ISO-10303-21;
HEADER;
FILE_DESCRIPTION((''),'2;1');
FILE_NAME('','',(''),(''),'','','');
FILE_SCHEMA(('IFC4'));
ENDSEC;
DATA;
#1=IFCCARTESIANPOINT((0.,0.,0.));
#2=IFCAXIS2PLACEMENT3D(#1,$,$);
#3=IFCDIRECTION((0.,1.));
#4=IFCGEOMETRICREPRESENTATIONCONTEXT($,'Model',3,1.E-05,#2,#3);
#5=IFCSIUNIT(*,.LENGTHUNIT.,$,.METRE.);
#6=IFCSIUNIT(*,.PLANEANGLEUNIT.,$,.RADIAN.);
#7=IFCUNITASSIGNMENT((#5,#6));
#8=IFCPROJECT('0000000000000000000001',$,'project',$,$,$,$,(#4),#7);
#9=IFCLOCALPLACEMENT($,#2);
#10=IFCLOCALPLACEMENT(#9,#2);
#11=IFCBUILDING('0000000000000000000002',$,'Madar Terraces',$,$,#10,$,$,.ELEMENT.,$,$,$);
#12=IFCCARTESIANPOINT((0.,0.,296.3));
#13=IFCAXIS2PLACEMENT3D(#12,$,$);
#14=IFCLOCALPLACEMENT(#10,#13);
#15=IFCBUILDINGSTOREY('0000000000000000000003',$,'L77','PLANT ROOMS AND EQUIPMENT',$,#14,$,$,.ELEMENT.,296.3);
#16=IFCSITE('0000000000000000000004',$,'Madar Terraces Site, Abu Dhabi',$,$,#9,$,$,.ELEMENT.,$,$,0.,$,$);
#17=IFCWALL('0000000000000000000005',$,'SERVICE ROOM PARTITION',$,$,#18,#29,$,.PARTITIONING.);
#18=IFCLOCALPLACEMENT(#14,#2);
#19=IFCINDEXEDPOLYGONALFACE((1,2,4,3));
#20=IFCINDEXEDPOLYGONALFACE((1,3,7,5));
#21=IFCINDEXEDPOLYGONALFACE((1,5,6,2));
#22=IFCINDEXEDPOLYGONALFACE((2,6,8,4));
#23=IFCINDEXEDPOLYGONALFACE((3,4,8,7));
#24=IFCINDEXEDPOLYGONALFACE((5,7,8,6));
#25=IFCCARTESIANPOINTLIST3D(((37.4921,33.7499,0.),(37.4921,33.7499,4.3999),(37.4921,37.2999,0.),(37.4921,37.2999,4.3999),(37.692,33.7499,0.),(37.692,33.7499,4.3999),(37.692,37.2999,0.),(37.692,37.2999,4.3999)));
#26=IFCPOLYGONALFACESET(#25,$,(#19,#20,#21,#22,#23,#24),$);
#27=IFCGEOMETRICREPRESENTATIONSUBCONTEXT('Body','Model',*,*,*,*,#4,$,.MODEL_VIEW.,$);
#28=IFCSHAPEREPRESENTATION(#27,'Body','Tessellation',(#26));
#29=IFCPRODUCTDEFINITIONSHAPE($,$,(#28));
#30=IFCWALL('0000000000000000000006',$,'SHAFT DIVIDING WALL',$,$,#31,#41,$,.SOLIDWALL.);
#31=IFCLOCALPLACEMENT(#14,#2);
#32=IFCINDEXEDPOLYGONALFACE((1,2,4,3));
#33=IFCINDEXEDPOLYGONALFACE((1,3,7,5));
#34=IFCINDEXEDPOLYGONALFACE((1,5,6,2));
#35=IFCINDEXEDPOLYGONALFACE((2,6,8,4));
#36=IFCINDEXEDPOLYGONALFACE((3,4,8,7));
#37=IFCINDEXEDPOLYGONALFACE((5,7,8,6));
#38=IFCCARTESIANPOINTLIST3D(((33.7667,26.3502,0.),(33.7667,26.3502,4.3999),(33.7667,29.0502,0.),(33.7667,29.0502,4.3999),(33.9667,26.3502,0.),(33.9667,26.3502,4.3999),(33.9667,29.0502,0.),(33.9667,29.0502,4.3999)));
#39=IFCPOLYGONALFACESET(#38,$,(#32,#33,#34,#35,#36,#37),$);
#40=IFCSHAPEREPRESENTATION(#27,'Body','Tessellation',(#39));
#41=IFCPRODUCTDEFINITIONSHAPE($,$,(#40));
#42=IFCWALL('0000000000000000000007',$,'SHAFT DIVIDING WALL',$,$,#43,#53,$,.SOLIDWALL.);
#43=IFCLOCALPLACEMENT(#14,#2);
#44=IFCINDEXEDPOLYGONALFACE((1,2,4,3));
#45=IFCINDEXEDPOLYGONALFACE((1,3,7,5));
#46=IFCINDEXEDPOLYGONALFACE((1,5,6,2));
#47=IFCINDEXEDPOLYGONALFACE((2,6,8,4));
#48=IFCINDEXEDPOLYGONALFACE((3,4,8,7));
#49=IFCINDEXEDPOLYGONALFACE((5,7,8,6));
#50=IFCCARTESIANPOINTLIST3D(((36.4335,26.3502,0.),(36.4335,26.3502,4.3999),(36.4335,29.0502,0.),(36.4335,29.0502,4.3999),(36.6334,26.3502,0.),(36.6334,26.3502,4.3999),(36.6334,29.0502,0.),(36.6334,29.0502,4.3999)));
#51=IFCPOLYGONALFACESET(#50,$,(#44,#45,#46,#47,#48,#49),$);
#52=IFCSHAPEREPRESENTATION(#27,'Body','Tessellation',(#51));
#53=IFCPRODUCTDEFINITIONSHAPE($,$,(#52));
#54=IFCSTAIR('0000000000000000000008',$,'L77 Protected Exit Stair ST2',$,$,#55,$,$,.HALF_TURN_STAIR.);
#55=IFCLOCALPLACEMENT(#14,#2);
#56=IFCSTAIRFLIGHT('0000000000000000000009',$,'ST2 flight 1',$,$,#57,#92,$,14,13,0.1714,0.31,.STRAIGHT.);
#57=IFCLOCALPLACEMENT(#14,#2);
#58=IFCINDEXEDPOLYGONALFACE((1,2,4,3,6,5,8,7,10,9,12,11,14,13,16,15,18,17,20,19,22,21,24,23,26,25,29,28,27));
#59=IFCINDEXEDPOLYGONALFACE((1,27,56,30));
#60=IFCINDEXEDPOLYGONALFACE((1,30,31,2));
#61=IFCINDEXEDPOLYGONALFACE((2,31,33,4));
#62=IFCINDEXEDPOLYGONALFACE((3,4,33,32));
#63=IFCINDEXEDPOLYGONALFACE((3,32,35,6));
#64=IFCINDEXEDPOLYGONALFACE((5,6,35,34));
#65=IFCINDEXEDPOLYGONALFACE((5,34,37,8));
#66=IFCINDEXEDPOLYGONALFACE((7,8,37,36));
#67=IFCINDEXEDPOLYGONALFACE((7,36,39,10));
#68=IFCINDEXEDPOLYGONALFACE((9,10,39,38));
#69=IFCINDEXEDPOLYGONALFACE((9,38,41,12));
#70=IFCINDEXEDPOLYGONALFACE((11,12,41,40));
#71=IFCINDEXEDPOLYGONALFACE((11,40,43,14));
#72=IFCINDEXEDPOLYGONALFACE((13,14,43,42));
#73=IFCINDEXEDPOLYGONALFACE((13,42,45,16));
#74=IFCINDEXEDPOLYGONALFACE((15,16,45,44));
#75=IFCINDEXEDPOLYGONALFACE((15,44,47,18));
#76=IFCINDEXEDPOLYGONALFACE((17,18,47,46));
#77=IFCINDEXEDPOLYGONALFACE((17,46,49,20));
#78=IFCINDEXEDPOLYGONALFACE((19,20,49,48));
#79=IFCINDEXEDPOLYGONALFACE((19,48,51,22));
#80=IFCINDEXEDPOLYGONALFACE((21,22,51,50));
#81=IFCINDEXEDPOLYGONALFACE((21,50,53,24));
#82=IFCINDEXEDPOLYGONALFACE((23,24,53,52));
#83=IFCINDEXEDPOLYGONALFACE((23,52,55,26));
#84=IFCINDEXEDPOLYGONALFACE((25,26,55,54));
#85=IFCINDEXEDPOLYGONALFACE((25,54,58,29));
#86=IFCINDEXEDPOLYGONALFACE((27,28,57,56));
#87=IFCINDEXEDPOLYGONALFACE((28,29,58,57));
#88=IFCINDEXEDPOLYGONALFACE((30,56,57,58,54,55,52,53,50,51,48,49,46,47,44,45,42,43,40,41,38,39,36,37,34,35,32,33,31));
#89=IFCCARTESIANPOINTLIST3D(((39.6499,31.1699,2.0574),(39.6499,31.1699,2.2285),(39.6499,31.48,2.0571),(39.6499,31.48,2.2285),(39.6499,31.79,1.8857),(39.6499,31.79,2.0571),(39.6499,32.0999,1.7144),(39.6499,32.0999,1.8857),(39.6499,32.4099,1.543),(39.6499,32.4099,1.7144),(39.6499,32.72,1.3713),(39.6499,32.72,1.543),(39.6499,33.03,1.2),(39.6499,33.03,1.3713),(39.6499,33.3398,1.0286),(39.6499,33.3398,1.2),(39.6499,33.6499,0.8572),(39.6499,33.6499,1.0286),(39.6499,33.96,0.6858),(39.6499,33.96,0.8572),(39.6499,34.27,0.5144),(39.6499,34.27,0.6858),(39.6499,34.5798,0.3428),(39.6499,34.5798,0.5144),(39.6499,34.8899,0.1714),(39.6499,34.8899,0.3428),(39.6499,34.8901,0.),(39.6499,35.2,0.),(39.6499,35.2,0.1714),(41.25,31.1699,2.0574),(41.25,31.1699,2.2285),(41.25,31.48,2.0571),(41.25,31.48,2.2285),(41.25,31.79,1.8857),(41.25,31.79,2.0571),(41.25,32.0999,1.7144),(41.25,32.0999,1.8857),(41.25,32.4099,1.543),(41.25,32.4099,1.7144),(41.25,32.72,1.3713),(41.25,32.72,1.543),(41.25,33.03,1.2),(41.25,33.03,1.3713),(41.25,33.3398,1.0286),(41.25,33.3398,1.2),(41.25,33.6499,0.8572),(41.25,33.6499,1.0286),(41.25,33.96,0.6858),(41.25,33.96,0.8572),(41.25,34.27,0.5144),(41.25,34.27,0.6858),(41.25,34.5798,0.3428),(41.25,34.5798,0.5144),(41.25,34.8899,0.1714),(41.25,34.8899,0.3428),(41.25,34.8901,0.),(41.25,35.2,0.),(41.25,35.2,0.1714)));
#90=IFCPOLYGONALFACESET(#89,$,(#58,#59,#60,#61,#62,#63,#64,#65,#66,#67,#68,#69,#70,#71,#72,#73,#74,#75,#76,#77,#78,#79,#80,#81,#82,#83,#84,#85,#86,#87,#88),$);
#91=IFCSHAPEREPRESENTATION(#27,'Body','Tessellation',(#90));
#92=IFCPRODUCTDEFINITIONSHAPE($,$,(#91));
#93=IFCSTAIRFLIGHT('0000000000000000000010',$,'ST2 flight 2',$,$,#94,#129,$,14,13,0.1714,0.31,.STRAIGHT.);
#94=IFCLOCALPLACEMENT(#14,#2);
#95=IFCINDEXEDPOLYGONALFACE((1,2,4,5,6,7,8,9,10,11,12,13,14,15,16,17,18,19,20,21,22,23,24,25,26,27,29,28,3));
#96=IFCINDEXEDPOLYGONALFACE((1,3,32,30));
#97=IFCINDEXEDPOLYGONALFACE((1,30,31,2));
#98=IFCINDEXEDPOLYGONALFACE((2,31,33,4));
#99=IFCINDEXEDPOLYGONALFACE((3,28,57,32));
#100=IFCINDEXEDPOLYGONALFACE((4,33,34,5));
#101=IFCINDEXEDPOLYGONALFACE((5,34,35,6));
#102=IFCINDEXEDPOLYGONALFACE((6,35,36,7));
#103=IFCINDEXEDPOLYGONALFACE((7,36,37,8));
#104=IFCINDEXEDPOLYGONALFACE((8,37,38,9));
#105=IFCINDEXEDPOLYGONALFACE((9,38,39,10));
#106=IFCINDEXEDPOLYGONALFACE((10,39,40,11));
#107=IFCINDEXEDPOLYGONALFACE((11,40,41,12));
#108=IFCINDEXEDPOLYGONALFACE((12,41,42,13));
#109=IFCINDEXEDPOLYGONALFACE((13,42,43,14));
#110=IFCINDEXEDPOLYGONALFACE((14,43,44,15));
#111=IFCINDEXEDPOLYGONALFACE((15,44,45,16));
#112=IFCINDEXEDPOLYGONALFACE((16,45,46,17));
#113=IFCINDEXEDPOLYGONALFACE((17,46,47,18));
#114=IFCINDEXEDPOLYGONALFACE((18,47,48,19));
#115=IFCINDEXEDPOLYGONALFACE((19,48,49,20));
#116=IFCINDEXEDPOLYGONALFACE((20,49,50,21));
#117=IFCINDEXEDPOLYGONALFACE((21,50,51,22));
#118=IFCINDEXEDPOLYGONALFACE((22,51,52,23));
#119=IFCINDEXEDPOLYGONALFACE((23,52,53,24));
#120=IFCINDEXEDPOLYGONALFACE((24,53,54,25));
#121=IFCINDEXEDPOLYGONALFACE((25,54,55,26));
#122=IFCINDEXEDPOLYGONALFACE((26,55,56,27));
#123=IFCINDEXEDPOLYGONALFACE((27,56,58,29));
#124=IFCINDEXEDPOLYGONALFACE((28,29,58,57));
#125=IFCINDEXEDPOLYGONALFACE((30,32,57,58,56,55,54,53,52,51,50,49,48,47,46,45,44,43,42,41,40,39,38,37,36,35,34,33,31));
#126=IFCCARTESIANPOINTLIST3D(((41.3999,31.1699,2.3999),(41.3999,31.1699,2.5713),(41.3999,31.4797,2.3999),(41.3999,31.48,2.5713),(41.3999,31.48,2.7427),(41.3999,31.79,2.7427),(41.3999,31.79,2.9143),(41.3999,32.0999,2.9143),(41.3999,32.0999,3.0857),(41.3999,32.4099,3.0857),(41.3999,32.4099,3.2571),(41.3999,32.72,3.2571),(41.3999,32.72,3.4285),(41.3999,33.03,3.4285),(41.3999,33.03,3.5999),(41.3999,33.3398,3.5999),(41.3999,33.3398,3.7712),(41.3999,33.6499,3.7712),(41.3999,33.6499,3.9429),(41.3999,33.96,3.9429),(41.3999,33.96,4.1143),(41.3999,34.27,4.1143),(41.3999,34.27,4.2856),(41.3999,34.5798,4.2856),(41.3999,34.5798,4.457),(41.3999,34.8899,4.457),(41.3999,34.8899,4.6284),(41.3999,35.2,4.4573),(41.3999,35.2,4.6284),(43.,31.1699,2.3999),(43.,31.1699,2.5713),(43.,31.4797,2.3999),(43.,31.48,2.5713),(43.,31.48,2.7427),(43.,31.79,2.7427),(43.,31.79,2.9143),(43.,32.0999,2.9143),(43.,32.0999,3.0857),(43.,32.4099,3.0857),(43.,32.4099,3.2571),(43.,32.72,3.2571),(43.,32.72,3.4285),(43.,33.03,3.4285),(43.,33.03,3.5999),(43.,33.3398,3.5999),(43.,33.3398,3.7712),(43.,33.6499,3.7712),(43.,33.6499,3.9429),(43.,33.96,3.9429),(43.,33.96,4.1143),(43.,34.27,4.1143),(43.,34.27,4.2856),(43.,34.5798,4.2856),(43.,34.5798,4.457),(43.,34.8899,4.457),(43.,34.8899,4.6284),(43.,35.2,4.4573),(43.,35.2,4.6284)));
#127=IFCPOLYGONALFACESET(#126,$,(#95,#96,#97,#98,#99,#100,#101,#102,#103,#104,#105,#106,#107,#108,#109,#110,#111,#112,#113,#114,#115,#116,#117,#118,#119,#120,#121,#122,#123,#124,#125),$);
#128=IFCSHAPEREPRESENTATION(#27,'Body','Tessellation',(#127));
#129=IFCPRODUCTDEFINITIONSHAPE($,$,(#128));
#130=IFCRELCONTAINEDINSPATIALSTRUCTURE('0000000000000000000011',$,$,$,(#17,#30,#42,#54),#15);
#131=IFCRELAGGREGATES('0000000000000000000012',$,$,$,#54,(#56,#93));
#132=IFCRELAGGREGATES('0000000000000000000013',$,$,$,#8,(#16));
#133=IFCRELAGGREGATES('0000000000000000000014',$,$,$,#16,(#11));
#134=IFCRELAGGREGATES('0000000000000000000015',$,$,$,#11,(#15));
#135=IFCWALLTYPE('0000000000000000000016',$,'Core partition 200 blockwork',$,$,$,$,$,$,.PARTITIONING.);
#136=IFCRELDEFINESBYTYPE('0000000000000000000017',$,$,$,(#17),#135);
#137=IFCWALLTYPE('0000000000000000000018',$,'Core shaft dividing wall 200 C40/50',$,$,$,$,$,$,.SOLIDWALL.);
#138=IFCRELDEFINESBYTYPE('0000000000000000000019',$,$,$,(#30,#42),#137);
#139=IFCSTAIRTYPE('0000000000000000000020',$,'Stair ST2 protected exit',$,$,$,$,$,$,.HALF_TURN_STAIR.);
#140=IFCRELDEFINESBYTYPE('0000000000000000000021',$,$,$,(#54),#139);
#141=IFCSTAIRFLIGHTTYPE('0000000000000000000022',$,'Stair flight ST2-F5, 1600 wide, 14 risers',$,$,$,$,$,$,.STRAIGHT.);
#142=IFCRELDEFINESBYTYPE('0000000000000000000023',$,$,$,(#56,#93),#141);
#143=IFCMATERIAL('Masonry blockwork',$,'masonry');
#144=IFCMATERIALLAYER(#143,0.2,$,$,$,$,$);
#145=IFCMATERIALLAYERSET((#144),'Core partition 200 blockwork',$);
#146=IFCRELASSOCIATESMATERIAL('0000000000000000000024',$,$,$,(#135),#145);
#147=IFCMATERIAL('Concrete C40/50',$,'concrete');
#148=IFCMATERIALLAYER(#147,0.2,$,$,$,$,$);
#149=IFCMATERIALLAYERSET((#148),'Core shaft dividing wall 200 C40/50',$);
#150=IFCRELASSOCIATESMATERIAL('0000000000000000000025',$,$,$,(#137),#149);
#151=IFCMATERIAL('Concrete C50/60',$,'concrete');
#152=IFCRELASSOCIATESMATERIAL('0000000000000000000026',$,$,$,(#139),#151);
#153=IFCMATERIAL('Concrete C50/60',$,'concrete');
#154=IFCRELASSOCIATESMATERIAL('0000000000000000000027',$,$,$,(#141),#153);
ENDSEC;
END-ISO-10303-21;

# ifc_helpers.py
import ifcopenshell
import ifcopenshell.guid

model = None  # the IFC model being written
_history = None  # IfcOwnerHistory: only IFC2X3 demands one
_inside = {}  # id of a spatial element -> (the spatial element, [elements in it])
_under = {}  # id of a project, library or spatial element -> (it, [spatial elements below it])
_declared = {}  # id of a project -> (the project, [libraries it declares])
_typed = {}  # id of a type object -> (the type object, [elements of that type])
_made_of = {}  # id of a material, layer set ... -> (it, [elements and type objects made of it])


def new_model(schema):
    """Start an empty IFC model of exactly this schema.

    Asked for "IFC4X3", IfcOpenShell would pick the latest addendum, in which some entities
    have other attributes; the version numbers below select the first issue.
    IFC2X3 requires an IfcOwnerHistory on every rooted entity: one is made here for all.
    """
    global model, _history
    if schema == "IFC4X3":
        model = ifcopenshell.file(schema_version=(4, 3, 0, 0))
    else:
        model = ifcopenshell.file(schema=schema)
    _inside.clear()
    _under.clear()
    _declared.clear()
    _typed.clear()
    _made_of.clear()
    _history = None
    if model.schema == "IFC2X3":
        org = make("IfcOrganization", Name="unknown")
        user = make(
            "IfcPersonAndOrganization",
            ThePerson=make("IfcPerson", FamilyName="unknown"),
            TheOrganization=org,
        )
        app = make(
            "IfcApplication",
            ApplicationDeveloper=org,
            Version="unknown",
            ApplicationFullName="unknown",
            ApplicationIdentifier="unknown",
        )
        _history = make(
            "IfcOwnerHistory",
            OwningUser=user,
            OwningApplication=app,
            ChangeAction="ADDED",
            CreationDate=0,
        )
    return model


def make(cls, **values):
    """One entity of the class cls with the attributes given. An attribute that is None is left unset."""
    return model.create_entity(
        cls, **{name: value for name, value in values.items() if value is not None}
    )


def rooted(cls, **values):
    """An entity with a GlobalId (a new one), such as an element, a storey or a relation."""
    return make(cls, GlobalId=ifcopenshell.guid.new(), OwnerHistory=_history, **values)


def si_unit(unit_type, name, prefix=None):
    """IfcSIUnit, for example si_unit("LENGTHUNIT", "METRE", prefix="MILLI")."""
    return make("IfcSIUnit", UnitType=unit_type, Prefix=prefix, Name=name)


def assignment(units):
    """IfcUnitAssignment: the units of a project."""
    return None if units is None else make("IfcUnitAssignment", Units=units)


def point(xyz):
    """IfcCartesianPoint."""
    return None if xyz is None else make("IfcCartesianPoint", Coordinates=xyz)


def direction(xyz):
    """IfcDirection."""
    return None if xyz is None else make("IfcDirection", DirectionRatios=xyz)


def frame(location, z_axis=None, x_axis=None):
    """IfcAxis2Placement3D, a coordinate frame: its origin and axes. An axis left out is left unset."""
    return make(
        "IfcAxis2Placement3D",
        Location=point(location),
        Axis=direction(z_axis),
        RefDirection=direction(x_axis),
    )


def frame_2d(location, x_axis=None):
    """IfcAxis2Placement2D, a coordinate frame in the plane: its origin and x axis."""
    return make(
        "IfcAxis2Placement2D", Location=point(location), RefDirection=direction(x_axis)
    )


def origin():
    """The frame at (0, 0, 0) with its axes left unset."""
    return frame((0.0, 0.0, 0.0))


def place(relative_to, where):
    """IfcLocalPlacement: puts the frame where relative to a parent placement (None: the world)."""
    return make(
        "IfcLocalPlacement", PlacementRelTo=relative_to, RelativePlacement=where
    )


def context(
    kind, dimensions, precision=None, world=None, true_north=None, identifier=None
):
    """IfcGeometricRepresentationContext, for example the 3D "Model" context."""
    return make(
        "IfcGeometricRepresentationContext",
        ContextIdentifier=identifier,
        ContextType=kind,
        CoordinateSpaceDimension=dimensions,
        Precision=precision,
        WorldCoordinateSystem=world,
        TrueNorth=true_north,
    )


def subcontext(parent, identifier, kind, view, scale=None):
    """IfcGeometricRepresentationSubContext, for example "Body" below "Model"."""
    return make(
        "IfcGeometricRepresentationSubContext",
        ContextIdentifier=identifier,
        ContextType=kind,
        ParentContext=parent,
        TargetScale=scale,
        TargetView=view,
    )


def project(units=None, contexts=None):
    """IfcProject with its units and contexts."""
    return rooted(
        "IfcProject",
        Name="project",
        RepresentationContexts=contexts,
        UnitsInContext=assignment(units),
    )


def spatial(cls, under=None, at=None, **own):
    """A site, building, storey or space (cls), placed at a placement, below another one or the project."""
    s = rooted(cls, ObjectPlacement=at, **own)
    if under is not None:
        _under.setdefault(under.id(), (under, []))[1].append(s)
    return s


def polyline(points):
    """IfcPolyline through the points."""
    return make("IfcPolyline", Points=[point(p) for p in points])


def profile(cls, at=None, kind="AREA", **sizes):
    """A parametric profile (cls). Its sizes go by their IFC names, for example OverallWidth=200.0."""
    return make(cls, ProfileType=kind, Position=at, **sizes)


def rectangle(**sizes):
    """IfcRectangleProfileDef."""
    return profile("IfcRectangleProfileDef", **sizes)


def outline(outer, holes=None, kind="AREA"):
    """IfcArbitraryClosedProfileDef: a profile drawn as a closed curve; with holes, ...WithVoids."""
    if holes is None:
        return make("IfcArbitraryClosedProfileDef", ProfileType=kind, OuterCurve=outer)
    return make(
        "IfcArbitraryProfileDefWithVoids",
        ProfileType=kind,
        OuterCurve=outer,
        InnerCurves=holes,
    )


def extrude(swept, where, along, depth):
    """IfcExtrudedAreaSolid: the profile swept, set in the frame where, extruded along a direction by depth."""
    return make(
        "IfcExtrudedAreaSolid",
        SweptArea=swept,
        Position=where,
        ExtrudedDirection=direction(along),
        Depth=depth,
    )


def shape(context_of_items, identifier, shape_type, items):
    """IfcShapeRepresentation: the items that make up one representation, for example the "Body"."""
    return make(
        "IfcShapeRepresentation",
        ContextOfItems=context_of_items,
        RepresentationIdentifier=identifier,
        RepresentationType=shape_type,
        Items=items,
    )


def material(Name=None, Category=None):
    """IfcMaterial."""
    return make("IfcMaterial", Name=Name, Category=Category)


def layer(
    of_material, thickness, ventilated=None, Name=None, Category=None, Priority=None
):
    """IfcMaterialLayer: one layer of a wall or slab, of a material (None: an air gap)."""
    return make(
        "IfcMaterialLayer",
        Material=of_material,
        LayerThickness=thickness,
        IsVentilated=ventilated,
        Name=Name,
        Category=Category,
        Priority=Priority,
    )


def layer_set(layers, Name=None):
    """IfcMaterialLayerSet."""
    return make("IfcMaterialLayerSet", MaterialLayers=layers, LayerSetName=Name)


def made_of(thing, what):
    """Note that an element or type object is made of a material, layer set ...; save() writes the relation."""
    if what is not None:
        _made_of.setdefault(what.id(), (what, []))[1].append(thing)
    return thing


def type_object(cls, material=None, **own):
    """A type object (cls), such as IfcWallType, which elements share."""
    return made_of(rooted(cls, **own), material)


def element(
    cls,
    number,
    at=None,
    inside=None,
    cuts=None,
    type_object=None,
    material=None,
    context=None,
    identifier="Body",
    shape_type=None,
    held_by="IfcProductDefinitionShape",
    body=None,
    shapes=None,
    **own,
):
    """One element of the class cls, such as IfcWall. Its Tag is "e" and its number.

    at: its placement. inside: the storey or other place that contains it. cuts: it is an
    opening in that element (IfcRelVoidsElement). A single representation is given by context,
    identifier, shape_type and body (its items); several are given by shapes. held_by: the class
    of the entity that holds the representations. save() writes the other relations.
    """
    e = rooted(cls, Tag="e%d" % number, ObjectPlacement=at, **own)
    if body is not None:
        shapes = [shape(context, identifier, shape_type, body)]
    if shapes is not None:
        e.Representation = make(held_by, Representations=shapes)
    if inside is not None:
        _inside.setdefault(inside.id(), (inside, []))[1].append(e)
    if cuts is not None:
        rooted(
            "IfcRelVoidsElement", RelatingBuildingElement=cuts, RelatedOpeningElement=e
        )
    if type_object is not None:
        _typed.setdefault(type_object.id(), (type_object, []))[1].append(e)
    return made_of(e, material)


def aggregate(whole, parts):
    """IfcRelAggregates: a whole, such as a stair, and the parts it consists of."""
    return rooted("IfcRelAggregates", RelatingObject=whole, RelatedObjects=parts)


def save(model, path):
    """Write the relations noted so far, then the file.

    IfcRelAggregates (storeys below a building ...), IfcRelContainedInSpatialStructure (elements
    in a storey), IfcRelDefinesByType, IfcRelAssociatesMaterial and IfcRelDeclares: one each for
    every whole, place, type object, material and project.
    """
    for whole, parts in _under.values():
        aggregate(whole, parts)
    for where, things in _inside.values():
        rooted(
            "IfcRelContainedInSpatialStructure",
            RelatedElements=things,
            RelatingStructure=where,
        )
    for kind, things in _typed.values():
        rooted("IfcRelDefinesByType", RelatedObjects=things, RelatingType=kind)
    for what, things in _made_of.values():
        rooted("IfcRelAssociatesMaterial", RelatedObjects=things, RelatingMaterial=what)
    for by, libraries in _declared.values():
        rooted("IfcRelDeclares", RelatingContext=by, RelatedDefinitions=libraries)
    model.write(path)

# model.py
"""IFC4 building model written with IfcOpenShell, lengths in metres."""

from ifc_helpers import new_model, si_unit, direction, frame, frame_2d, origin, place, context, subcontext, project, spatial, polyline, rectangle, outline, extrude, material, layer, layer_set, type_object, element, aggregate, save


model = new_model("IFC4")

# Units and contexts
model_context = context("Model", 3, precision=1e-05, world=origin(), true_north=direction((0.0, 1.0)))
body_context = subcontext(model_context, "Body", "Model", "MODEL_VIEW")
ifc_project = project(units=[si_unit("LENGTHUNIT", "METRE"), si_unit("PLANEANGLEUNIT", "RADIAN")], contexts=[model_context])

# Site, building, storey
site_placement = place(None, origin())
site = spatial("IfcSite", under=ifc_project, at=site_placement, Name="Madar Terraces Site, Abu Dhabi", CompositionType="ELEMENT", RefElevation=0.0)
building_placement = place(site_placement, origin())
building = spatial("IfcBuilding", under=site, at=building_placement, Name="Madar Terraces", CompositionType="ELEMENT")
storey_placement = place(building_placement, frame((0.0, 0.0, 296.3)))
storey = spatial("IfcBuildingStorey", under=building, at=storey_placement, Name="L77", Description="PLANT ROOMS AND EQUIPMENT", CompositionType="ELEMENT", Elevation=296.3)

# Walls
ifc_material_1 = material(Name="Masonry blockwork", Category="masonry")
ifc_layer_1 = layer(ifc_material_1, 0.2)
ifc_layer_set_1 = layer_set([ifc_layer_1], Name="Core partition 200 blockwork")
wall_type_1 = type_object("IfcWallType", Name="Core partition 200 blockwork", PredefinedType="PARTITIONING", material=ifc_layer_set_1)
wall_1_placement = place(storey_placement, frame((37.592, 33.75, 0.0), z_axis=(0.0, 0.0, 1.0), x_axis=(0.0, 1.0, 0.0)))
element("IfcWall", 1, at=wall_1_placement, inside=storey, type_object=wall_type_1, Name="SERVICE ROOM PARTITION", PredefinedType="PARTITIONING", context=body_context, shape_type="SweptSolid", body=[
    extrude(rectangle(XDim=3.55, YDim=0.2, at=frame_2d((1.7749, 0.0))), origin(), (0.0, 0.0, 1.0), 4.3999),
])
ifc_material_2 = material(Name="Concrete C40/50", Category="concrete")
ifc_layer_2 = layer(ifc_material_2, 0.2)
ifc_layer_set_2 = layer_set([ifc_layer_2], Name="Core shaft dividing wall 200 C40/50")
wall_type_2 = type_object("IfcWallType", Name="Core shaft dividing wall 200 C40/50", PredefinedType="SOLIDWALL", material=ifc_layer_set_2)
for number, where, z_axis, x_axis, name in (
    (2, (33.8667, 26.3501, 0.0), (0.0, 0.0, 1.0), (0.0, 1.0, 0.0), "SHAFT DIVIDING WALL"),
    (3, (36.5334, 26.3501, 0.0), (0.0, 0.0, 1.0), (0.0, 1.0, 0.0), "SHAFT DIVIDING WALL"),
):
    element("IfcWall", number, at=place(storey_placement, frame(where, z_axis=z_axis, x_axis=x_axis)), inside=storey, type_object=wall_type_2, Name=name, PredefinedType="SOLIDWALL", context=body_context, shape_type="SweptSolid", body=[
        extrude(rectangle(XDim=2.7, YDim=0.2, at=frame_2d((1.3501, 0.0))), origin(), (0.0, 0.0, 1.0), 4.3999),
    ])

# Stair, stair flights
ifc_material_3 = material(Name="Concrete C50/60", Category="concrete")
stair_type = type_object("IfcStairType", Name="Stair ST2 protected exit", PredefinedType="HALF_TURN_STAIR", material=ifc_material_3)
stair_placement = place(storey_placement, origin())
stair = element("IfcStair", 4, at=stair_placement, inside=storey, type_object=stair_type, Name="L77 Protected Exit Stair ST2", PredefinedType="HALF_TURN_STAIR")
ifc_material_4 = material(Name="Concrete C50/60", Category="concrete")
stair_flight_type = type_object("IfcStairFlightType", Name="Stair flight ST2-F5, 1600 wide, 14 risers", PredefinedType="STRAIGHT", material=ifc_material_4)
stair_flight_1_placement = place(storey_placement, frame((40.45, 35.2, 0.0), z_axis=(0.0, 0.0, 1.0), x_axis=(0.0, -1.0, 0.0)))
stair_flight_1 = element("IfcStairFlight", 5, at=stair_flight_1_placement, type_object=stair_flight_type, Name="ST2 flight 1", NumberOfRisers=14, NumberOfTreads=13, PredefinedType="STRAIGHT", RiserHeight=0.1714, TreadLength=0.31, context=body_context, shape_type="SweptSolid", body=[
    extrude(outline(polyline([(0.0, 0.0), (0.0, 0.1714), (0.3101, 0.1714), (0.3101, 0.3428), (0.6201, 0.3428), (0.6201, 0.5144), (0.9299, 0.5144), (0.9299, 0.6858), (1.24, 0.6858), (1.24, 0.8572), (1.55, 0.8572), (1.55, 1.0286), (1.8601, 1.0286), (1.8601, 1.2), (2.1699, 1.2), (2.1699, 1.3713), (2.48, 1.3713), (2.48, 1.543), (2.79, 1.543), (2.79, 1.7144), (3.1001, 1.7144), (3.1001, 1.8857), (3.4099, 1.8857), (3.4099, 2.0571), (3.72, 2.0571), (3.72, 2.2285), (4.03, 2.2285), (4.03, 2.3999), (4.03, 2.0574), (0.3098, 0.0), (0.0, 0.0)])), frame((0.0, 0.8, 0.0), z_axis=(0.0, -1.0, 0.0), x_axis=(1.0, 0.0, 0.0)), (0.0, 0.0, 1.0), 1.6001),
])
stair_flight_2_placement = place(storey_placement, frame((42.2, 31.1699, 2.3999), z_axis=(0.0, 0.0, 1.0), x_axis=(0.0, 1.0, 0.0)))
stair_flight_2 = element("IfcStairFlight", 6, at=stair_flight_2_placement, type_object=stair_flight_type, Name="ST2 flight 2", NumberOfRisers=14, NumberOfTreads=13, PredefinedType="STRAIGHT", RiserHeight=0.1714, TreadLength=0.31, context=body_context, shape_type="SweptSolid", body=[
    extrude(outline(polyline([(0.0, 0.0), (0.0, 0.1714), (0.3101, 0.1714), (0.3101, 0.3428), (0.6201, 0.3428), (0.6201, 0.5144), (0.9299, 0.5144), (0.9299, 0.6858), (1.24, 0.6858), (1.24, 0.8572), (1.55, 0.8572), (1.55, 1.0286), (1.8601, 1.0286), (1.8601, 1.2), (2.1699, 1.2), (2.1699, 1.3713), (2.48, 1.3713), (2.48, 1.543), (2.79, 1.543), (2.79, 1.7144), (3.1001, 1.7144), (3.1001, 1.8857), (3.4099, 1.8857), (3.4099, 2.0571), (3.72, 2.0571), (3.72, 2.2285), (4.03, 2.2285), (4.03, 2.3999), (4.03, 2.0574), (0.3098, 0.0), (0.0, 0.0)])), frame((0.0, 0.8, 0.0), z_axis=(0.0, -1.0, 0.0), x_axis=(1.0, 0.0, 0.0)), (0.0, 0.0, 1.0), 1.6001),
])
aggregate(stair, [stair_flight_1, stair_flight_2])

save(model, "model.ifc")
